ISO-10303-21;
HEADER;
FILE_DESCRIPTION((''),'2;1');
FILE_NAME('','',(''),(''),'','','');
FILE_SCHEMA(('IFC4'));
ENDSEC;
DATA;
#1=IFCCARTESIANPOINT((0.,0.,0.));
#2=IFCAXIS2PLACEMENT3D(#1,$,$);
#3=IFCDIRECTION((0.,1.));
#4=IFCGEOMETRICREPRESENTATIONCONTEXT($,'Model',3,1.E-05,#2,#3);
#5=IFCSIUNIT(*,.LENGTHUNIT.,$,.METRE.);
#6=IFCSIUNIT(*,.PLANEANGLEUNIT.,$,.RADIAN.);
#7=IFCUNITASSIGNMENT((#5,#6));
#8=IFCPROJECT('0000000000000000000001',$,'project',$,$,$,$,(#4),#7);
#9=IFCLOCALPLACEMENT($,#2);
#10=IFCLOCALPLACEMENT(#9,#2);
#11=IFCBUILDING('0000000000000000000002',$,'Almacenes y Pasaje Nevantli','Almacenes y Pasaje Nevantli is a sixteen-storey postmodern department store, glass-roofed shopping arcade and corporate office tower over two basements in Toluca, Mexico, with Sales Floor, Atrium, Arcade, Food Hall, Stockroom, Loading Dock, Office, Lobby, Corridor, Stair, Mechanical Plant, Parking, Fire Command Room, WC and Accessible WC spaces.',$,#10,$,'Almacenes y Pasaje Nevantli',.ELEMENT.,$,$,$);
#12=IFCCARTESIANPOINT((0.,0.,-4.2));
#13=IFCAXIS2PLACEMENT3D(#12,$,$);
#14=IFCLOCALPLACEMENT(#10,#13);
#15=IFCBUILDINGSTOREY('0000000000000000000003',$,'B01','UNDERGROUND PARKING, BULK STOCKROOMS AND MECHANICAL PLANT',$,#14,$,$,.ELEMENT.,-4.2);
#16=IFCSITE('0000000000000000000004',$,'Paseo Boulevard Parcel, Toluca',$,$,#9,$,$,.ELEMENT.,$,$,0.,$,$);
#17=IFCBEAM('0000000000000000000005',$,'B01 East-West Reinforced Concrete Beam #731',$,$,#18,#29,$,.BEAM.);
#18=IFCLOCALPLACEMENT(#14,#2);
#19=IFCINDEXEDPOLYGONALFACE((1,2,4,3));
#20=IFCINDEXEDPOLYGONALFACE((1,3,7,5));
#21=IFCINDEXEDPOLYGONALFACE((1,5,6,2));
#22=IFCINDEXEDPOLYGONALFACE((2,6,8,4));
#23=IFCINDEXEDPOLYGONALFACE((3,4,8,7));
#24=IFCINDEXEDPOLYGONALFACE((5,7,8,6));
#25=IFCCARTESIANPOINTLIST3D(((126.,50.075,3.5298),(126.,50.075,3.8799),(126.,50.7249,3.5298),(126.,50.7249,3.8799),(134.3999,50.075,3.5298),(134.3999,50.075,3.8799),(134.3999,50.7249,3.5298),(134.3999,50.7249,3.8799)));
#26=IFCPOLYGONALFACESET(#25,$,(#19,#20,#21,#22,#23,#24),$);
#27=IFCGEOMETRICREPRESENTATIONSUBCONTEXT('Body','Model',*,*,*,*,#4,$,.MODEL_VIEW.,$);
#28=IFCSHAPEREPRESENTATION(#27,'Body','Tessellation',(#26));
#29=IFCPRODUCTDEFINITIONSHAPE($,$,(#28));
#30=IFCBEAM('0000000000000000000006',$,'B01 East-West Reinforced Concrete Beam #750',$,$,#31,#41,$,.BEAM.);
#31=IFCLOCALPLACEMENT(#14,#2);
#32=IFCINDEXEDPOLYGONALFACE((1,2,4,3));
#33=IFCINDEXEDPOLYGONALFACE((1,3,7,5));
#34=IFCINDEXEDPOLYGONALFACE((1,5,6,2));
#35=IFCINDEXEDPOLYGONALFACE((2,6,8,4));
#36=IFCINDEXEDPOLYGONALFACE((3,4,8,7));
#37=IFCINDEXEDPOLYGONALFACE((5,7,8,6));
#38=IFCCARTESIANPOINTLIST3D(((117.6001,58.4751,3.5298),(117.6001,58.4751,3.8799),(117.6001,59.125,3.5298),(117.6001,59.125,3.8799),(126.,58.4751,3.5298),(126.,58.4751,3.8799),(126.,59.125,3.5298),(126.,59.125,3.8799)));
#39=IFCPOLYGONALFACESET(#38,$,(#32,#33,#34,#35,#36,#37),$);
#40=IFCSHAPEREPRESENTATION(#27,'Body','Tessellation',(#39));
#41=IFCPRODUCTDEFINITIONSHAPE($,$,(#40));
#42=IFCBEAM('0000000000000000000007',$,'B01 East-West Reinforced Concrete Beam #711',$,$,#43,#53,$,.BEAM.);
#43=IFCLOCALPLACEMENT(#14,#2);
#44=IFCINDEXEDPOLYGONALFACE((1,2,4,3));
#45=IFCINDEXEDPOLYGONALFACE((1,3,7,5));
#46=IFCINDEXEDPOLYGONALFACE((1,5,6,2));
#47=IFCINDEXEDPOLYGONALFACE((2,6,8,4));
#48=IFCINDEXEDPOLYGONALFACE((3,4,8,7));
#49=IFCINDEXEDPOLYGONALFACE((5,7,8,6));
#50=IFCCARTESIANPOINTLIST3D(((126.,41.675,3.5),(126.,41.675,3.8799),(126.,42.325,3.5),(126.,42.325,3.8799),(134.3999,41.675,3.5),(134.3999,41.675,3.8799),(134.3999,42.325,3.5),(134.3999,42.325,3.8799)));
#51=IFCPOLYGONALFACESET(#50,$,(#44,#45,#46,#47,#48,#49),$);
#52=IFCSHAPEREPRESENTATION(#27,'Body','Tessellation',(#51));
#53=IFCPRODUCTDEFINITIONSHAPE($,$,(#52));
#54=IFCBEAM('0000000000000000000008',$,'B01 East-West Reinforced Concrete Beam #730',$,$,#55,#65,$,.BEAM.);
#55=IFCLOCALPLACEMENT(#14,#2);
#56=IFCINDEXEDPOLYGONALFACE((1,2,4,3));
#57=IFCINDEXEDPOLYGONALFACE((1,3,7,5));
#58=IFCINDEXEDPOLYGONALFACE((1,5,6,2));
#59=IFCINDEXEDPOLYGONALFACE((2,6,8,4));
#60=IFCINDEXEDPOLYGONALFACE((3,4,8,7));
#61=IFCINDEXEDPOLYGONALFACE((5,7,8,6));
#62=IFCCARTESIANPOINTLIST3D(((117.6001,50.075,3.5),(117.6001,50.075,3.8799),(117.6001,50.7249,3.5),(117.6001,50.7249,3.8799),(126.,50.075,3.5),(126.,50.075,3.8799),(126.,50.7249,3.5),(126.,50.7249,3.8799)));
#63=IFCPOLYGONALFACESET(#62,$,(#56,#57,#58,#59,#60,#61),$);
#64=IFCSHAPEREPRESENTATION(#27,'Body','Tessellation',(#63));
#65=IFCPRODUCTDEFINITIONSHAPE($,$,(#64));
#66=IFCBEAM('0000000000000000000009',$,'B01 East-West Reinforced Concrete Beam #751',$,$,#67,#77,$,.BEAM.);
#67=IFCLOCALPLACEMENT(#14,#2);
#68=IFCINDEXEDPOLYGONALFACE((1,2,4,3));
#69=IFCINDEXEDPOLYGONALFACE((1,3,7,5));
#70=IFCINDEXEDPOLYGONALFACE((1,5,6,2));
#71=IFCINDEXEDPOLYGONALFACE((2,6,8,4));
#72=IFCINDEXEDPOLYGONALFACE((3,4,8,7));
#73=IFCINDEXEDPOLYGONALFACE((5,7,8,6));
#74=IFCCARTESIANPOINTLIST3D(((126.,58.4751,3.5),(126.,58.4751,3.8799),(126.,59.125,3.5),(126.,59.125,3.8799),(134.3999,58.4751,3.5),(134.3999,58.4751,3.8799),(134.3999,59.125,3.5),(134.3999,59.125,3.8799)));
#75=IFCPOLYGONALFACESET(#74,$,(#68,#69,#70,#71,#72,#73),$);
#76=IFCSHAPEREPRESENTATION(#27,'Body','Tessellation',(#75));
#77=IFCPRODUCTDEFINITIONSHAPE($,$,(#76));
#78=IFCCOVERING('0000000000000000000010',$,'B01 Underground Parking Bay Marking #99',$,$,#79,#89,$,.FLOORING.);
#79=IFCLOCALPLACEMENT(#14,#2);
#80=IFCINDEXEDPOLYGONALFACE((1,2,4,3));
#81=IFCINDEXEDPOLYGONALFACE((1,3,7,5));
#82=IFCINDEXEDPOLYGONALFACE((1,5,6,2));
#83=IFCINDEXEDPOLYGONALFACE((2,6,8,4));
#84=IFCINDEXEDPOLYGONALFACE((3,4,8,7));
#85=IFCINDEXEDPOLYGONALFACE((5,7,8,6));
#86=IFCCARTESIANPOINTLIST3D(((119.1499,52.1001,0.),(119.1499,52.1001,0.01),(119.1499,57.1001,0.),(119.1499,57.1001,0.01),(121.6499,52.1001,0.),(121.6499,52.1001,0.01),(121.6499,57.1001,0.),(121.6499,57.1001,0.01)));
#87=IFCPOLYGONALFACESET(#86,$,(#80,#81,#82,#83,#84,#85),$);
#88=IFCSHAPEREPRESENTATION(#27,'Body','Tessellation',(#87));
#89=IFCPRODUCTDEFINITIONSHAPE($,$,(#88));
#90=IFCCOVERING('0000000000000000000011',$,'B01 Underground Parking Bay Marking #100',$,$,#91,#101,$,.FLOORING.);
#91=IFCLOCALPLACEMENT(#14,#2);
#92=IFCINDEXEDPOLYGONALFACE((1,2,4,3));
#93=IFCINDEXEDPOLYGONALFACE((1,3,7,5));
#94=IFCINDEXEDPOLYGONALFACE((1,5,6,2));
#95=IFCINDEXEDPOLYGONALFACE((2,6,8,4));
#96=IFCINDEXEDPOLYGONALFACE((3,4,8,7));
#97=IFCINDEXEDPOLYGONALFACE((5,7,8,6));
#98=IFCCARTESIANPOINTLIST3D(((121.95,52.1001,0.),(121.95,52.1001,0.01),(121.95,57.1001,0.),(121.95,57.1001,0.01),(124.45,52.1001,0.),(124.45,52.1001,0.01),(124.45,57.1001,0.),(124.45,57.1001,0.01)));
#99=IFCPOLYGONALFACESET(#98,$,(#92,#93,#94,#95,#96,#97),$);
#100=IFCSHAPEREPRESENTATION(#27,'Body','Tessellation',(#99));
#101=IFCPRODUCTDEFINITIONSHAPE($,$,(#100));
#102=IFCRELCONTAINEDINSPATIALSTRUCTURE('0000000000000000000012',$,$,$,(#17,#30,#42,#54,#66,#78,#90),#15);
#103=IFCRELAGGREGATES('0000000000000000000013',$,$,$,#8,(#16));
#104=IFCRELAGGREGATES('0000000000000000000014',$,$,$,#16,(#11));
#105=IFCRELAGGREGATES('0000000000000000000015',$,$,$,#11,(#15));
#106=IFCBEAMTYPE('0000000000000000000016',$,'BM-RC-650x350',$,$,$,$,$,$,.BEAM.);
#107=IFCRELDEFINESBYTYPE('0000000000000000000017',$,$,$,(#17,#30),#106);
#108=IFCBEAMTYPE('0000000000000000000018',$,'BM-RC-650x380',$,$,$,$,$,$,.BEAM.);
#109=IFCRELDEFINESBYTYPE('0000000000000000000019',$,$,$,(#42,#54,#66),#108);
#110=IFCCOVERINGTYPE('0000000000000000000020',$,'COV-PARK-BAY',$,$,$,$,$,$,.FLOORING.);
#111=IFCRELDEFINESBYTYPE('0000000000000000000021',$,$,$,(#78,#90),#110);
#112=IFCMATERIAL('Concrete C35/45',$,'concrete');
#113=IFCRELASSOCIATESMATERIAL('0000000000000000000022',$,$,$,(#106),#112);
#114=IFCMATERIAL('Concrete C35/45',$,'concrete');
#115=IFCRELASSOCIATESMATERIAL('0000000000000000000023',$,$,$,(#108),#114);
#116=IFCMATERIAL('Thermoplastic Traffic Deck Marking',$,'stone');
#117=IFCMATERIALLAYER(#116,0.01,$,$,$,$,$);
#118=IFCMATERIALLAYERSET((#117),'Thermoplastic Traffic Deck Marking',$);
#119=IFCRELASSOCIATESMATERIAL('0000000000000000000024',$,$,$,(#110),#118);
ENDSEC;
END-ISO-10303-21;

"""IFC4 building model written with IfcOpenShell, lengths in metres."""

from ifc_helpers import new_model, si_unit, direction, frame, origin, origin_2d, place, context, subcontext, project, spatial, rectangle, extrude, material, layer, layer_set, material_profile, profile_set, type_object, element, save


model = new_model("IFC4")

# Units and contexts
model_context = context("Model", 3, precision=1e-05, world=origin(), true_north=direction((0.0, 1.0)))
body_context = subcontext(model_context, "Body", "Model", "MODEL_VIEW")
ifc_project = project(units=[si_unit("LENGTHUNIT", "METRE"), si_unit("PLANEANGLEUNIT", "RADIAN")], contexts=[model_context])

# Site, building, storey
site_placement = place(None, origin())
site = spatial("IfcSite", under=ifc_project, at=site_placement, Name="Paseo Boulevard Parcel, Toluca", CompositionType="ELEMENT", RefElevation=0.0)
building_placement = place(site_placement, origin())
building = spatial("IfcBuilding", under=site, at=building_placement, Name="Almacenes y Pasaje Nevantli", Description="Almacenes y Pasaje Nevantli is a sixteen-storey postmodern department store, glass-roofed shopping arcade and corporate office tower over two basements in Toluca, Mexico, with Sales Floor, Atrium, Arcade, Food Hall, Stockroom, Loading Dock, Office, Lobby, Corridor, Stair, Mechanical Plant, Parking, Fire Command Room, WC and Accessible WC spaces.", LongName="Almacenes y Pasaje Nevantli", CompositionType="ELEMENT")
storey_placement = place(building_placement, frame((0.0, 0.0, -4.2)))
storey = spatial("IfcBuildingStorey", under=building, at=storey_placement, Name="B01", Description="UNDERGROUND PARKING, BULK STOCKROOMS AND MECHANICAL PLANT", CompositionType="ELEMENT", Elevation=-4.2)

# Beams
ifc_material_1 = material(Name="Concrete C35/45", Category="concrete")
ifc_material_profile_1 = material_profile(ifc_material_1, rectangle(XDim=0.6499, YDim=0.3501, at=origin_2d()), Name="RC-BM-650x350")
ifc_profile_set_1 = profile_set([ifc_material_profile_1], Name="Concrete C35/45")
beam_type_1 = type_object("IfcBeamType", Name="BM-RC-650x350", PredefinedType="BEAM", material=ifc_profile_set_1)
for number, where, z_axis, x_axis, name in (
    (1, (126.0, 50.3999, 3.7048), (1.0, 0.0, 0.0), (0.0, 1.0, 0.0), "B01 East-West Reinforced Concrete Beam #731"),
    (2, (117.6001, 58.8, 3.7048), (1.0, 0.0, 0.0), (0.0, 1.0, 0.0), "B01 East-West Reinforced Concrete Beam #750"),
):
    element("IfcBeam", number, at=place(storey_placement, frame(where, z_axis=z_axis, x_axis=x_axis)), inside=storey, type_object=beam_type_1, Name=name, PredefinedType="BEAM", context=body_context, shape_type="SweptSolid", body=[
        extrude(rectangle(XDim=0.6499, YDim=0.3501, at=origin_2d()), origin(), (0.0, 0.0, 1.0), 8.3999),
    ])
ifc_material_2 = material(Name="Concrete C35/45", Category="concrete")
ifc_material_profile_2 = material_profile(ifc_material_2, rectangle(XDim=0.6499, YDim=0.3799, at=origin_2d()), Name="RC-BM-650x380")
ifc_profile_set_2 = profile_set([ifc_material_profile_2], Name="Concrete C35/45")
beam_type_2 = type_object("IfcBeamType", Name="BM-RC-650x380", PredefinedType="BEAM", material=ifc_profile_set_2)
for number, where, z_axis, x_axis, name in (
    (3, (126.0, 42.0, 3.6899), (1.0, 0.0, 0.0), (0.0, 1.0, 0.0), "B01 East-West Reinforced Concrete Beam #711"),
    (4, (117.6001, 50.3999, 3.6899), (1.0, 0.0, 0.0), (0.0, 1.0, 0.0), "B01 East-West Reinforced Concrete Beam #730"),
    (5, (126.0, 58.8, 3.6899), (1.0, 0.0, 0.0), (0.0, 1.0, 0.0), "B01 East-West Reinforced Concrete Beam #751"),
):
    element("IfcBeam", number, at=place(storey_placement, frame(where, z_axis=z_axis, x_axis=x_axis)), inside=storey, type_object=beam_type_2, Name=name, PredefinedType="BEAM", context=body_context, shape_type="SweptSolid", body=[
        extrude(rectangle(XDim=0.6499, YDim=0.3799, at=origin_2d()), origin(), (0.0, 0.0, 1.0), 8.3999),
    ])

# Coverings
ifc_material_3 = material(Name="Thermoplastic Traffic Deck Marking", Category="stone")
ifc_layer = layer(ifc_material_3, 0.01)
ifc_layer_set = layer_set([ifc_layer], Name="Thermoplastic Traffic Deck Marking")
covering_type = type_object("IfcCoveringType", Name="COV-PARK-BAY", PredefinedType="FLOORING", material=ifc_layer_set)
for number, where, z_axis, x_axis, name in (
    (6, (120.3999, 54.6001, 0.0), (0.0, 0.0, 1.0), (1.0, 0.0, 0.0), "B01 Underground Parking Bay Marking #99"),
    (7, (123.2, 54.6001, 0.0), (0.0, 0.0, 1.0), (1.0, 0.0, 0.0), "B01 Underground Parking Bay Marking #100"),
):
    element("IfcCovering", number, at=place(storey_placement, frame(where, z_axis=z_axis, x_axis=x_axis)), inside=storey, type_object=covering_type, Name=name, PredefinedType="FLOORING", context=body_context, shape_type="SweptSolid", body=[
        extrude(rectangle(XDim=2.5, YDim=5.0, at=origin_2d()), origin(), (0.0, 0.0, 1.0), 0.01),
    ])

save(model, "model.ifc")
